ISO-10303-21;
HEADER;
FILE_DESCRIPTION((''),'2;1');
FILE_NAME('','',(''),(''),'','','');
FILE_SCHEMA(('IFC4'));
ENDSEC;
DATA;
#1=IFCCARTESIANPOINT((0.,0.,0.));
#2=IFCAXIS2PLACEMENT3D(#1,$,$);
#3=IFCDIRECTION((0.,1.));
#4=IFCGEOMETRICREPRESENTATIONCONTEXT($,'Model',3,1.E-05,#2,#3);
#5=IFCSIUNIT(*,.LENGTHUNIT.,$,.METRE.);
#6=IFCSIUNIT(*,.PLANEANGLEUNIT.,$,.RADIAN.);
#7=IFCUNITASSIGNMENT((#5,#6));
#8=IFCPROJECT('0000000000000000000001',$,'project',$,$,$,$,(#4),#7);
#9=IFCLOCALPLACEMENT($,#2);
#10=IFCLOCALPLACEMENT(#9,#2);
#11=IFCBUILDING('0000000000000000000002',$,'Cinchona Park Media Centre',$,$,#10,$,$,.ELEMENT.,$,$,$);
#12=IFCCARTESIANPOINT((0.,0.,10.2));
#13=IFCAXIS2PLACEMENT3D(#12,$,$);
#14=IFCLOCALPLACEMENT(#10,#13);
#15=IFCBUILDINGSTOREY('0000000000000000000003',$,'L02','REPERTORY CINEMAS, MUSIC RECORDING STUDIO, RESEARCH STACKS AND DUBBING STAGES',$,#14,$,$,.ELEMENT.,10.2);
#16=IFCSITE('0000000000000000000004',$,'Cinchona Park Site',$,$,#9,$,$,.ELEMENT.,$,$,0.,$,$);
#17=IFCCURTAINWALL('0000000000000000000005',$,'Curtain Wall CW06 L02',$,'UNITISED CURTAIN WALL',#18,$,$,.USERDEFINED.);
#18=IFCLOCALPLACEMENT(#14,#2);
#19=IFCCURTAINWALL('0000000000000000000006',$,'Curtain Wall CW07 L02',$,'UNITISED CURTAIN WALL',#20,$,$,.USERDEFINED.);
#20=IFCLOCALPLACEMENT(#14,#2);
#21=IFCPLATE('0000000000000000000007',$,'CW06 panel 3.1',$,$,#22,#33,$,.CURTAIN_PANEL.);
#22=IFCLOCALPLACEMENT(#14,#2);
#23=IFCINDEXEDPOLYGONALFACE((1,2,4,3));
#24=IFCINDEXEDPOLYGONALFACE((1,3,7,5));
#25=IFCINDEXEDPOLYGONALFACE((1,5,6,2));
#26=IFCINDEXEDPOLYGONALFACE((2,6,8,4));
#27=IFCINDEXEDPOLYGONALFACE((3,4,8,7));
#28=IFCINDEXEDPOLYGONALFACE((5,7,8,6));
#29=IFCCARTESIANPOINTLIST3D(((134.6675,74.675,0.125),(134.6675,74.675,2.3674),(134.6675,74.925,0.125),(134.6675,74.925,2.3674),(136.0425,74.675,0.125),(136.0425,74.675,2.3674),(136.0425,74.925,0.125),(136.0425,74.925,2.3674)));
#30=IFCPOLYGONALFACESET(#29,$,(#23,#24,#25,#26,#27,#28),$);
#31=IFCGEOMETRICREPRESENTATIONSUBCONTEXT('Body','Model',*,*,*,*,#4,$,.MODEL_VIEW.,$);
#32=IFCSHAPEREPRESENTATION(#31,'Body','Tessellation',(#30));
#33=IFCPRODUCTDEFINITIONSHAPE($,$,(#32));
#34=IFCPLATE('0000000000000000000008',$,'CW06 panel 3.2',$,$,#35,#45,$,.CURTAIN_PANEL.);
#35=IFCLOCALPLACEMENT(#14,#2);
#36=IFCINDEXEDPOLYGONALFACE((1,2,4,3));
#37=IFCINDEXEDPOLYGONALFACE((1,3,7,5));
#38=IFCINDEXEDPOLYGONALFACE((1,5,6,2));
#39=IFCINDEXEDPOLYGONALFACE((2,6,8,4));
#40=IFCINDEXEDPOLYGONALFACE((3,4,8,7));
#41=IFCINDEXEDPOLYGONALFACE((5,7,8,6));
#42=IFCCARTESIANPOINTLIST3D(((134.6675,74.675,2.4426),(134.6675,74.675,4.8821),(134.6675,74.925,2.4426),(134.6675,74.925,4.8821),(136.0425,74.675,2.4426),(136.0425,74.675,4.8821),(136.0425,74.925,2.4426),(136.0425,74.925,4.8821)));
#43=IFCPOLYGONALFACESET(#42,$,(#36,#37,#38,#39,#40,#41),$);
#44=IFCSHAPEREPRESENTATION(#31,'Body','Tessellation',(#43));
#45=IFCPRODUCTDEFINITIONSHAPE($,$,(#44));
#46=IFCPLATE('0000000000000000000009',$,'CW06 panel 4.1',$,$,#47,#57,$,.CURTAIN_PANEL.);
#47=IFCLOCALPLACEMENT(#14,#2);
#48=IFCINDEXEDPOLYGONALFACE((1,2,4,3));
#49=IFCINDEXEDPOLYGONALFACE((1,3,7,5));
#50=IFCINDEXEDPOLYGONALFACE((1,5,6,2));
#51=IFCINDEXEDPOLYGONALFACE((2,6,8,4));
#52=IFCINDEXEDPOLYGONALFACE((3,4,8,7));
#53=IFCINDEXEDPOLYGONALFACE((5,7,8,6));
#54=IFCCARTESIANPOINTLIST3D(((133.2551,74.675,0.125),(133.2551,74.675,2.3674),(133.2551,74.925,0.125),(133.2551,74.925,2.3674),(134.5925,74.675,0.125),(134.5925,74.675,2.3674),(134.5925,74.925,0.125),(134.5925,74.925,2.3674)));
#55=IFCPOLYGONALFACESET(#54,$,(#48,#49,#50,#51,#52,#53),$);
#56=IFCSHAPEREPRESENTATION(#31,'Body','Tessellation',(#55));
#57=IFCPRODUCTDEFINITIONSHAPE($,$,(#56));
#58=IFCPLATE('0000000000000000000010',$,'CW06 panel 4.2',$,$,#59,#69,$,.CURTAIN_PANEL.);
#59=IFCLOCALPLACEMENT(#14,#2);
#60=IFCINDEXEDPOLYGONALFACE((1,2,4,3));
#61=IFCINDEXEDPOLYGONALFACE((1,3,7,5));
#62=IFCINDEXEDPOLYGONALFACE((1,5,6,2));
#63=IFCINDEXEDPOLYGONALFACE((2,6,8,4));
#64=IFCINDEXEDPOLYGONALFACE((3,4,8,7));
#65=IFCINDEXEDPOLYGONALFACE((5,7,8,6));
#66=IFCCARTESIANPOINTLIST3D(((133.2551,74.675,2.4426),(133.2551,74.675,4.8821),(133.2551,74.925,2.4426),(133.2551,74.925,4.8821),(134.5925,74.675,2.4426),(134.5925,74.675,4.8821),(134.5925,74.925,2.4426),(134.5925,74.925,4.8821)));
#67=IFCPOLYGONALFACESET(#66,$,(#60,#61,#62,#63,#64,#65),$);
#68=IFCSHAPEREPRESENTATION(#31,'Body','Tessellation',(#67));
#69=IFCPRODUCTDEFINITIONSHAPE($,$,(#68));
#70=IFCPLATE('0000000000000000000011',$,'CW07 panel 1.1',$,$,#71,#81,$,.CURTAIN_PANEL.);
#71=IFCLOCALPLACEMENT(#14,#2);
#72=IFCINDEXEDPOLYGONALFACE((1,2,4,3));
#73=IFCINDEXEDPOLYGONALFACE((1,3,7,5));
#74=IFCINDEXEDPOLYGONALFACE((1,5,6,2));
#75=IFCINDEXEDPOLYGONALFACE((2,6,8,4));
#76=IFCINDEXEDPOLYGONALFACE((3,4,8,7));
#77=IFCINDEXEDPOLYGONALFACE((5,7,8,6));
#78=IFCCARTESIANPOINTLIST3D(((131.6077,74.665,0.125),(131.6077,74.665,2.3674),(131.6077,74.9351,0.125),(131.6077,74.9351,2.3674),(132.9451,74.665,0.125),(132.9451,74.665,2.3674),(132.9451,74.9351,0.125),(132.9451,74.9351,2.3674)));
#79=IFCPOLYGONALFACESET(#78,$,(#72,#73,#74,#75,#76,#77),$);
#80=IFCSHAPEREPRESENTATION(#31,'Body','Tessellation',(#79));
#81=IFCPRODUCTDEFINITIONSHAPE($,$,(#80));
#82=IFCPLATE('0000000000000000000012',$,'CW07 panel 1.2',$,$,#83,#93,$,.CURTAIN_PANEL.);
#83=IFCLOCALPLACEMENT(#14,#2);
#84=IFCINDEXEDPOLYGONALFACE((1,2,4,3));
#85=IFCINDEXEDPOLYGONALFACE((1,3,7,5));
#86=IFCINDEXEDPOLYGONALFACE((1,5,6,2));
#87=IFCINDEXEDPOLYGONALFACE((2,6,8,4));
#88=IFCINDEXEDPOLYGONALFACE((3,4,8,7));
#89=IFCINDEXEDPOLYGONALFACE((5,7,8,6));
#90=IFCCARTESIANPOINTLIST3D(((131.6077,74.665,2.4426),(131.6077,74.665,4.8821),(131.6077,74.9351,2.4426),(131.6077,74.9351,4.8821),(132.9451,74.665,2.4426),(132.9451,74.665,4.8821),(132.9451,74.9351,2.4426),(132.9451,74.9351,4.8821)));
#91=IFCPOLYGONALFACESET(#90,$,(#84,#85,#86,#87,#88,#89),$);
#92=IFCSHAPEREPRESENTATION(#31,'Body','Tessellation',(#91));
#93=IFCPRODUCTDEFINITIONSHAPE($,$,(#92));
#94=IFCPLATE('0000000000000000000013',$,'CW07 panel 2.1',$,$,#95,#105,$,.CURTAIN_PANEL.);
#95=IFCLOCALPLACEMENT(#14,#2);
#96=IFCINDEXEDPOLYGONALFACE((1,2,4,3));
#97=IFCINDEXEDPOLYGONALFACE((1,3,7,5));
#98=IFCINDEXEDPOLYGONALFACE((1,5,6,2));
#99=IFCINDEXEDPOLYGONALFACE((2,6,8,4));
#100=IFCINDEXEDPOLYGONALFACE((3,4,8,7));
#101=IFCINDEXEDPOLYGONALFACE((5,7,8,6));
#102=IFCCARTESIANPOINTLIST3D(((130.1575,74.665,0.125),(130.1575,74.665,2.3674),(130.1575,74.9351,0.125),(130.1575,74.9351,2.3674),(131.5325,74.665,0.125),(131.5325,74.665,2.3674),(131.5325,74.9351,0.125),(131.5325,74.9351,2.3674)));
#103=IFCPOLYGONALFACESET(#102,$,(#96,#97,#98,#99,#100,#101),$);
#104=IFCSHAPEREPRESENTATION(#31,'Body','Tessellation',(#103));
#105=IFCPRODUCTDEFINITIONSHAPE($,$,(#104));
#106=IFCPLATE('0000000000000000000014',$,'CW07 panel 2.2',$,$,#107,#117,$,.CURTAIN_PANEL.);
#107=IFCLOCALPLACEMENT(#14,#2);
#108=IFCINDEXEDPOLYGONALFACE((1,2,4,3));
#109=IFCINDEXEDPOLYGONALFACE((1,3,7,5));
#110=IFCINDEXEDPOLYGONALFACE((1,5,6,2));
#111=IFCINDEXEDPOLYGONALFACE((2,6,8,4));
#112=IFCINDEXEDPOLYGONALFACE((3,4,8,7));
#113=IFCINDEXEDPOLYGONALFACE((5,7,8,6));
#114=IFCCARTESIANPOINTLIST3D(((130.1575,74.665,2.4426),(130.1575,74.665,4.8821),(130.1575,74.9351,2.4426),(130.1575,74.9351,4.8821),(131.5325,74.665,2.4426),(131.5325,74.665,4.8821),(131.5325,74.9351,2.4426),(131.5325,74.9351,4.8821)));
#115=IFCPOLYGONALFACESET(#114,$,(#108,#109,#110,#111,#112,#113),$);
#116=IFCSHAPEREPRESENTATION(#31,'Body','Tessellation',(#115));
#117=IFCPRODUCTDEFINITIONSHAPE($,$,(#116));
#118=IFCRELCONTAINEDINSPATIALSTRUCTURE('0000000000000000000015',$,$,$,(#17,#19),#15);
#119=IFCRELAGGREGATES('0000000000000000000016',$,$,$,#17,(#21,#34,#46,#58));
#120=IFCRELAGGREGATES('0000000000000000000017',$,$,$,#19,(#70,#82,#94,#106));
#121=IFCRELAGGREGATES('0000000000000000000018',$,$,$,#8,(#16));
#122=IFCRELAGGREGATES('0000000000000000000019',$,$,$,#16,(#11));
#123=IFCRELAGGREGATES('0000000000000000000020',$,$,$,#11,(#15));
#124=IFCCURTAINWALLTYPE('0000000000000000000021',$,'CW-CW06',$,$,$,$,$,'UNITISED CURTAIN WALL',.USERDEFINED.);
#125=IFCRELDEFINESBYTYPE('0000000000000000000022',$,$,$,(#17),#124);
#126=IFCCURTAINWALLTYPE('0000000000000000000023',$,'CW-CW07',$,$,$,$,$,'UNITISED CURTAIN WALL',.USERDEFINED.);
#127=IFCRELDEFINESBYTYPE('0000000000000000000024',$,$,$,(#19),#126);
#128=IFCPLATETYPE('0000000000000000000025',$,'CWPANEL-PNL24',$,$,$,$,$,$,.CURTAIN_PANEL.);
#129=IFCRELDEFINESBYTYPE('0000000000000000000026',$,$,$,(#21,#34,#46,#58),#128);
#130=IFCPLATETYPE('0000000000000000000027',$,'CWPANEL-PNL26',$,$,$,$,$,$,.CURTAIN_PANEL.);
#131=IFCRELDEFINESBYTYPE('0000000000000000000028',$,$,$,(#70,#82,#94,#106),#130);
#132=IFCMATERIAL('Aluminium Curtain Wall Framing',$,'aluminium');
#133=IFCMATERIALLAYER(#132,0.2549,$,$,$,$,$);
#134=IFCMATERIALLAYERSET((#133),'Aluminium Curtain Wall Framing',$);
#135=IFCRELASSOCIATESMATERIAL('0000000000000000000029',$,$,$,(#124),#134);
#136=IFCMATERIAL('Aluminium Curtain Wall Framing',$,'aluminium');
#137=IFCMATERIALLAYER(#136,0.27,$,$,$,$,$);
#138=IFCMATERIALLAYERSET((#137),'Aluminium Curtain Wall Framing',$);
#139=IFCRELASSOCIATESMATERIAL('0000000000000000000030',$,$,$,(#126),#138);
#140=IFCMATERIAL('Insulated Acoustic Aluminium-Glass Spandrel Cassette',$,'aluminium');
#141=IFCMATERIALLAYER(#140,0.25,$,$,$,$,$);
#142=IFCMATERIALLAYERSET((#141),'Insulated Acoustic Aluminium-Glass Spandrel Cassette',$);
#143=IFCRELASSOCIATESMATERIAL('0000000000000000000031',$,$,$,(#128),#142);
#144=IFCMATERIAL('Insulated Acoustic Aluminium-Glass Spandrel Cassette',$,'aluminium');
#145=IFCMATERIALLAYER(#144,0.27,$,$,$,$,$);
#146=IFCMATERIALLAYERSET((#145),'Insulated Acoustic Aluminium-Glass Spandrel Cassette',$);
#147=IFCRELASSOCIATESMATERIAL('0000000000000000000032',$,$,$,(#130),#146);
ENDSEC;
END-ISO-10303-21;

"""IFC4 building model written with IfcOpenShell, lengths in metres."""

from ifc_helpers import new_model, si_unit, direction, frame, origin, origin_2d, place, context, subcontext, project, spatial, rectangle, extrude, material, layer, layer_set, type_object, element, aggregate, save


model = new_model("IFC4")

# Units and contexts
model_context = context("Model", 3, precision=1e-05, world=origin(), true_north=direction((0.0, 1.0)))
body_context = subcontext(model_context, "Body", "Model", "MODEL_VIEW")
ifc_project = project(units=[si_unit("LENGTHUNIT", "METRE"), si_unit("PLANEANGLEUNIT", "RADIAN")], contexts=[model_context])

# Site, building, storey
site_placement = place(None, origin())
site = spatial("IfcSite", under=ifc_project, at=site_placement, Name="Cinchona Park Site", CompositionType="ELEMENT", RefElevation=0.0)
building_placement = place(site_placement, origin())
building = spatial("IfcBuilding", under=site, at=building_placement, Name="Cinchona Park Media Centre", CompositionType="ELEMENT")
storey_placement = place(building_placement, frame((0.0, 0.0, 10.2)))
storey = spatial("IfcBuildingStorey", under=building, at=storey_placement, Name="L02", Description="REPERTORY CINEMAS, MUSIC RECORDING STUDIO, RESEARCH STACKS AND DUBBING STAGES", CompositionType="ELEMENT", Elevation=10.2)

# Curtain walls
ifc_material_1 = material(Name="Aluminium Curtain Wall Framing", Category="aluminium")
ifc_layer_1 = layer(ifc_material_1, 0.2549)
ifc_layer_set_1 = layer_set([ifc_layer_1], Name="Aluminium Curtain Wall Framing")
curtain_wall_type_1 = type_object("IfcCurtainWallType", Name="CW-CW06", ElementType="UNITISED CURTAIN WALL", PredefinedType="USERDEFINED", material=ifc_layer_set_1)
curtain_wall_1_placement = place(storey_placement, origin())
curtain_wall_1 = element("IfcCurtainWall", 1, at=curtain_wall_1_placement, inside=storey, type_object=curtain_wall_type_1, Name="Curtain Wall CW06 L02", ObjectType="UNITISED CURTAIN WALL", PredefinedType="USERDEFINED")
ifc_material_2 = material(Name="Aluminium Curtain Wall Framing", Category="aluminium")
ifc_layer_2 = layer(ifc_material_2, 0.27)
ifc_layer_set_2 = layer_set([ifc_layer_2], Name="Aluminium Curtain Wall Framing")
curtain_wall_type_2 = type_object("IfcCurtainWallType", Name="CW-CW07", ElementType="UNITISED CURTAIN WALL", PredefinedType="USERDEFINED", material=ifc_layer_set_2)
curtain_wall_2_placement = place(storey_placement, origin())
curtain_wall_2 = element("IfcCurtainWall", 2, at=curtain_wall_2_placement, inside=storey, type_object=curtain_wall_type_2, Name="Curtain Wall CW07 L02", ObjectType="UNITISED CURTAIN WALL", PredefinedType="USERDEFINED")

# Plates
ifc_material_3 = material(Name="Insulated Acoustic Aluminium-Glass Spandrel Cassette", Category="aluminium")
ifc_layer_3 = layer(ifc_material_3, 0.25)
ifc_layer_set_3 = layer_set([ifc_layer_3], Name="Insulated Acoustic Aluminium-Glass Spandrel Cassette")
plate_type_1 = type_object("IfcPlateType", Name="CWPANEL-PNL24", PredefinedType="CURTAIN_PANEL", material=ifc_layer_set_3)
plate_1_placement = place(storey_placement, frame((135.355, 74.8, 0.125), z_axis=(0.0, 0.0, 1.0), x_axis=(-1.0, 0.0, 0.0)))
plate_1 = element("IfcPlate", 3, at=plate_1_placement, type_object=plate_type_1, Name="CW06 panel 3.1", PredefinedType="CURTAIN_PANEL", context=body_context, shape_type="SweptSolid", body=[
    extrude(rectangle(XDim=1.375, YDim=0.25, at=origin_2d()), origin(), (0.0, 0.0, 1.0), 2.2424),
])
plate_2_placement = place(storey_placement, frame((135.355, 74.8, 2.4426), z_axis=(0.0, 0.0, 1.0), x_axis=(-1.0, 0.0, 0.0)))
plate_2 = element("IfcPlate", 4, at=plate_2_placement, type_object=plate_type_1, Name="CW06 panel 3.2", PredefinedType="CURTAIN_PANEL", context=body_context, shape_type="SweptSolid", body=[
    extrude(rectangle(XDim=1.375, YDim=0.25, at=origin_2d()), origin(), (0.0, 0.0, 1.0), 2.4395),
])
plate_3_placement = place(storey_placement, frame((133.9238, 74.8, 0.125), z_axis=(0.0, 0.0, 1.0), x_axis=(-1.0, 0.0, 0.0)))
plate_3 = element("IfcPlate", 5, at=plate_3_placement, type_object=plate_type_1, Name="CW06 panel 4.1", PredefinedType="CURTAIN_PANEL", context=body_context, shape_type="SweptSolid", body=[
    extrude(rectangle(XDim=1.3374, YDim=0.25, at=origin_2d()), origin(), (0.0, 0.0, 1.0), 2.2424),
])
plate_4_placement = place(storey_placement, frame((133.9238, 74.8, 2.4426), z_axis=(0.0, 0.0, 1.0), x_axis=(-1.0, 0.0, 0.0)))
plate_4 = element("IfcPlate", 6, at=plate_4_placement, type_object=plate_type_1, Name="CW06 panel 4.2", PredefinedType="CURTAIN_PANEL", context=body_context, shape_type="SweptSolid", body=[
    extrude(rectangle(XDim=1.3374, YDim=0.25, at=origin_2d()), origin(), (0.0, 0.0, 1.0), 2.4395),
])
aggregate(curtain_wall_1, [plate_1, plate_2, plate_3, plate_4])
ifc_material_4 = material(Name="Insulated Acoustic Aluminium-Glass Spandrel Cassette", Category="aluminium")
ifc_layer_4 = layer(ifc_material_4, 0.27)
ifc_layer_set_4 = layer_set([ifc_layer_4], Name="Insulated Acoustic Aluminium-Glass Spandrel Cassette")
plate_type_2 = type_object("IfcPlateType", Name="CWPANEL-PNL26", PredefinedType="CURTAIN_PANEL", material=ifc_layer_set_4)
plate_5_placement = place(storey_placement, frame((132.2764, 74.8, 0.125), z_axis=(0.0, 0.0, 1.0), x_axis=(-1.0, 0.0, 0.0)))
plate_5 = element("IfcPlate", 7, at=plate_5_placement, type_object=plate_type_2, Name="CW07 panel 1.1", PredefinedType="CURTAIN_PANEL", context=body_context, shape_type="SweptSolid", body=[
    extrude(rectangle(XDim=1.3374, YDim=0.27, at=origin_2d()), origin(), (0.0, 0.0, 1.0), 2.2424),
])
plate_6_placement = place(storey_placement, frame((132.2764, 74.8, 2.4426), z_axis=(0.0, 0.0, 1.0), x_axis=(-1.0, 0.0, 0.0)))
plate_6 = element("IfcPlate", 8, at=plate_6_placement, type_object=plate_type_2, Name="CW07 panel 1.2", PredefinedType="CURTAIN_PANEL", context=body_context, shape_type="SweptSolid", body=[
    extrude(rectangle(XDim=1.3374, YDim=0.27, at=origin_2d()), origin(), (0.0, 0.0, 1.0), 2.4395),
])
plate_7_placement = place(storey_placement, frame((130.845, 74.8, 0.125), z_axis=(0.0, 0.0, 1.0), x_axis=(-1.0, 0.0, 0.0)))
plate_7 = element("IfcPlate", 9, at=plate_7_placement, type_object=plate_type_2, Name="CW07 panel 2.1", PredefinedType="CURTAIN_PANEL", context=body_context, shape_type="SweptSolid", body=[
    extrude(rectangle(XDim=1.375, YDim=0.27, at=origin_2d()), origin(), (0.0, 0.0, 1.0), 2.2424),
])
plate_8_placement = place(storey_placement, frame((130.845, 74.8, 2.4426), z_axis=(0.0, 0.0, 1.0), x_axis=(-1.0, 0.0, 0.0)))
plate_8 = element("IfcPlate", 10, at=plate_8_placement, type_object=plate_type_2, Name="CW07 panel 2.2", PredefinedType="CURTAIN_PANEL", context=body_context, shape_type="SweptSolid", body=[
    extrude(rectangle(XDim=1.375, YDim=0.27, at=origin_2d()), origin(), (0.0, 0.0, 1.0), 2.4395),
])
aggregate(curtain_wall_2, [plate_5, plate_6, plate_7, plate_8])

save(model, "model.ifc")
